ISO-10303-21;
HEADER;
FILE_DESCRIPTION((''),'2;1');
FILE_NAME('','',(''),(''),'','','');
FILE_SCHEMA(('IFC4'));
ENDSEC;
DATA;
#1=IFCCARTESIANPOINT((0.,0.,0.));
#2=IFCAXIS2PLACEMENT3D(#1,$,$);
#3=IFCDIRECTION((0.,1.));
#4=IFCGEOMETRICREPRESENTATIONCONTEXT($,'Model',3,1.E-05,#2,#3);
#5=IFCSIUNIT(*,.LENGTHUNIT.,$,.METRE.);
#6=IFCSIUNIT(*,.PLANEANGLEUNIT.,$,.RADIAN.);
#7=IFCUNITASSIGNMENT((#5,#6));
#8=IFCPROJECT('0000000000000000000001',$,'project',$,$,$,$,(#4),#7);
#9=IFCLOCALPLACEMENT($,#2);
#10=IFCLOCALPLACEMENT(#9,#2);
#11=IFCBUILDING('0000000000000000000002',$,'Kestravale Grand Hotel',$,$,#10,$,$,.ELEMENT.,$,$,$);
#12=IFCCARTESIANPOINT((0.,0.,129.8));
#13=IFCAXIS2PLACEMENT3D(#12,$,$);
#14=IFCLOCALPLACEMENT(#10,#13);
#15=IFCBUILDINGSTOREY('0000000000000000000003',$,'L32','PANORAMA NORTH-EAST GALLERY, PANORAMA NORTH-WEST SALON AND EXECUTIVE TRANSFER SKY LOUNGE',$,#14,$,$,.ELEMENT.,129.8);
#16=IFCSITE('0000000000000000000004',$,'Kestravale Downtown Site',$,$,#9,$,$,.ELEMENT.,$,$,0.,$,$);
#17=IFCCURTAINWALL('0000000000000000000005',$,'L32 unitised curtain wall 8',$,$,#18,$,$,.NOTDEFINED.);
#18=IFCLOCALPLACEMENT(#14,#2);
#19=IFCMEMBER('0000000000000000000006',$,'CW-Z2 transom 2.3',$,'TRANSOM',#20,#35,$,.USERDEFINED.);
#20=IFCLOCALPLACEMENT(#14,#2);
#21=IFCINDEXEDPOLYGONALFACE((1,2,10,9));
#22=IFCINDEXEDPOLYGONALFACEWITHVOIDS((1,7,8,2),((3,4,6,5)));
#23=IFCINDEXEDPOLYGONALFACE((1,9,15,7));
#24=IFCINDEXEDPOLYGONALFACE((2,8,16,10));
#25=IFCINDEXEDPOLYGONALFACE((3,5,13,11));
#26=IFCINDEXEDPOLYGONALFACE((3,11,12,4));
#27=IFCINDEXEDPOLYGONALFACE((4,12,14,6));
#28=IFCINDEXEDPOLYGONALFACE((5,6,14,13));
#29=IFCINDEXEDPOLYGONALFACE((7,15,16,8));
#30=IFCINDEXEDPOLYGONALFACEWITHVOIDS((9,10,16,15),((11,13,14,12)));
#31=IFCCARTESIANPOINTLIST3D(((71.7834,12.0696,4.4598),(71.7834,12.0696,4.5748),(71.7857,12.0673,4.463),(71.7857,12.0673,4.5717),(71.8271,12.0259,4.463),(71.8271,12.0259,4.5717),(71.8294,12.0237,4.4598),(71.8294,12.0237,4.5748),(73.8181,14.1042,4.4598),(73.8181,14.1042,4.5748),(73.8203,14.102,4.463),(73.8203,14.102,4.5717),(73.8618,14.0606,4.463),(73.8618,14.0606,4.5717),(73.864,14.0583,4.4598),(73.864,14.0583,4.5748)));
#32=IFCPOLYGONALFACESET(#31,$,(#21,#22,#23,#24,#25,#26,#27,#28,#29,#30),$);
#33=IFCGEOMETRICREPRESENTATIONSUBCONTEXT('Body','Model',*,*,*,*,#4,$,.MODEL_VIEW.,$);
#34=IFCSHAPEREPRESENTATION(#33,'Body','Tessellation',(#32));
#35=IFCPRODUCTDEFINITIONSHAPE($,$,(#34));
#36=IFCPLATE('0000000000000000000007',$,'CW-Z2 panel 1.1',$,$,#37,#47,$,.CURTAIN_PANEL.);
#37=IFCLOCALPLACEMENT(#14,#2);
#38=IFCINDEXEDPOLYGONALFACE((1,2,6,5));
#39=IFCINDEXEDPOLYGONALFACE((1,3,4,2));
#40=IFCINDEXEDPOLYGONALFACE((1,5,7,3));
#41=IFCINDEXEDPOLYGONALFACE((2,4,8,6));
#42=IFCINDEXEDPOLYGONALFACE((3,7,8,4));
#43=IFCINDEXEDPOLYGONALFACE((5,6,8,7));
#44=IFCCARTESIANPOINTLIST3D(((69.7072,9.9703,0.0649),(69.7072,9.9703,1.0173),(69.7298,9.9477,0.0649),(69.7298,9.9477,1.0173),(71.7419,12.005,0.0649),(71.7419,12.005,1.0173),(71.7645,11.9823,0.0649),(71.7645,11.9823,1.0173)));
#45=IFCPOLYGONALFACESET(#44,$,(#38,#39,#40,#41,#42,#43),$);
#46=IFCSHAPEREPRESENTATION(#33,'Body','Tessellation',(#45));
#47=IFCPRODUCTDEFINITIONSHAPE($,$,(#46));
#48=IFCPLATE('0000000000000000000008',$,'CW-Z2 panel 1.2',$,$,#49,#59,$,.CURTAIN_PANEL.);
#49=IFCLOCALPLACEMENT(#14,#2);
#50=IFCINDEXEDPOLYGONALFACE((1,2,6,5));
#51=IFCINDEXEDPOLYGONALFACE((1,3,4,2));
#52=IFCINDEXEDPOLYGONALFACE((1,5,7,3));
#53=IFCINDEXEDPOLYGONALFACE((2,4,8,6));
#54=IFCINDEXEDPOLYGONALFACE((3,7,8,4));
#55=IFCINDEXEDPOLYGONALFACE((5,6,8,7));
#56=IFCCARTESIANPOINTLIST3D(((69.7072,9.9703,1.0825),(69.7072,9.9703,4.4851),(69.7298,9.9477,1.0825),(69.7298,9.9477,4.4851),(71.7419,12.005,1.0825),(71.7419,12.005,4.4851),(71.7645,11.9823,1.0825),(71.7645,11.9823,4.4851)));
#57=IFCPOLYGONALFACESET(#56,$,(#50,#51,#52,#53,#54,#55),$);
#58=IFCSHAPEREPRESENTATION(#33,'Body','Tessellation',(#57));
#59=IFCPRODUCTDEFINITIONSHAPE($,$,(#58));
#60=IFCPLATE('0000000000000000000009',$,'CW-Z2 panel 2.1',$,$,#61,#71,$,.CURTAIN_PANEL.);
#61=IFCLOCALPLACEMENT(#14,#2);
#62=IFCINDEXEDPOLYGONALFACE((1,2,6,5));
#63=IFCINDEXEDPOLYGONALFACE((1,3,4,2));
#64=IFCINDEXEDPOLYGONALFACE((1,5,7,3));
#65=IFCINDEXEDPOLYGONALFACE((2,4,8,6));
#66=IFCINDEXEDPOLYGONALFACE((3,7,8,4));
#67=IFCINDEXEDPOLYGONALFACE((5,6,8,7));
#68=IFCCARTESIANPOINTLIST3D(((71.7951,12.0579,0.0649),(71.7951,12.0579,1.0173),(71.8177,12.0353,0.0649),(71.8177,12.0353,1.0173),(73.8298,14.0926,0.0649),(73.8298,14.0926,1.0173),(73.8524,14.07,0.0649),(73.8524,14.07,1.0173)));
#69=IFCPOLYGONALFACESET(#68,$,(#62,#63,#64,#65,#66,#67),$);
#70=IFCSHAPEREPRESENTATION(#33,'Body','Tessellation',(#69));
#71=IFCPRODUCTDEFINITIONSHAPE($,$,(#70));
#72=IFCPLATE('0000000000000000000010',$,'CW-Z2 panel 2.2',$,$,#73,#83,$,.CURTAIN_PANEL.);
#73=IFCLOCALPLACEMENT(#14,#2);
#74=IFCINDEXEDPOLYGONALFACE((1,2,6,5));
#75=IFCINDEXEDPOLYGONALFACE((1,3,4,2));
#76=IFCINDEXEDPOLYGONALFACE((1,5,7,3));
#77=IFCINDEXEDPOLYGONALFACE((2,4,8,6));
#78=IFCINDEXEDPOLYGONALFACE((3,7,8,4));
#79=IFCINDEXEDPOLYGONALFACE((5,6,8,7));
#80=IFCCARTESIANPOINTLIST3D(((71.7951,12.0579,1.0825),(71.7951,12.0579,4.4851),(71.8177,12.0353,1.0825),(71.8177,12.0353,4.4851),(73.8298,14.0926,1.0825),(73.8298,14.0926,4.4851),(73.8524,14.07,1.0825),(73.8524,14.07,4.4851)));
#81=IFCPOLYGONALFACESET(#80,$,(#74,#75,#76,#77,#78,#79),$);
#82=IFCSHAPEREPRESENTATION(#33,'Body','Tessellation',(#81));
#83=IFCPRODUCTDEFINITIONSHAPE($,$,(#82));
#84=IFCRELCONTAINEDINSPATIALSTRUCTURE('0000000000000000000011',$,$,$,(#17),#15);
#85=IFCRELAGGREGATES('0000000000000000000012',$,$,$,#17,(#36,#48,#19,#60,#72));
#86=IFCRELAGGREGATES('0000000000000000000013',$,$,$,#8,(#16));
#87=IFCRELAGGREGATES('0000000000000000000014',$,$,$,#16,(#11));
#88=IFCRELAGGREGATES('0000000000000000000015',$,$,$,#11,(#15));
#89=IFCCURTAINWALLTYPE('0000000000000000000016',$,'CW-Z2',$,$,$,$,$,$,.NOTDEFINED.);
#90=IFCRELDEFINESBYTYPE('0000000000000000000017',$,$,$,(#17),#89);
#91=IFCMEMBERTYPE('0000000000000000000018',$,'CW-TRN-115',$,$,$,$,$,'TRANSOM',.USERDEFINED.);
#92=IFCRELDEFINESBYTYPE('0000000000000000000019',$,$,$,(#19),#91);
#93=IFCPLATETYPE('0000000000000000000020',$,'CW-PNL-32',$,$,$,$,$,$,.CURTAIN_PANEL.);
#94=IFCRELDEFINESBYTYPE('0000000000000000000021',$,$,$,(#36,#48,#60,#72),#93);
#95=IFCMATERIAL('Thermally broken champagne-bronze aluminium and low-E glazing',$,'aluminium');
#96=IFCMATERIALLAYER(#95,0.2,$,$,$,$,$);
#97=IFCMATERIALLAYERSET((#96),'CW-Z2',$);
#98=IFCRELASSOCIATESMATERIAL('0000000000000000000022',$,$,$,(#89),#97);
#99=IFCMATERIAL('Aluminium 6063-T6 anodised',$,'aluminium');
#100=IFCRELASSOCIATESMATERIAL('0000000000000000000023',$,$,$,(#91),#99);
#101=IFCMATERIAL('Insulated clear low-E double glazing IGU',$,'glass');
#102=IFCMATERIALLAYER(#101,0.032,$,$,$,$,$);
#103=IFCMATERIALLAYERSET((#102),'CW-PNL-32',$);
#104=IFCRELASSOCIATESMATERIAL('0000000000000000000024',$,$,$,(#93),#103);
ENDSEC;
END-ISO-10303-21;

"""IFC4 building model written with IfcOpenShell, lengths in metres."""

from ifc_helpers import new_model, si_unit, direction, frame, origin, origin_2d, place, context, subcontext, project, spatial, rectangle, hollow_rectangle, extrude, material, layer, layer_set, material_profile, profile_set, type_object, element, aggregate, save


model = new_model("IFC4")

# Units and contexts
model_context = context("Model", 3, precision=1e-05, world=origin(), true_north=direction((0.0, 1.0)))
body_context = subcontext(model_context, "Body", "Model", "MODEL_VIEW")
ifc_project = project(units=[si_unit("LENGTHUNIT", "METRE"), si_unit("PLANEANGLEUNIT", "RADIAN")], contexts=[model_context])

# Site, building, storey
site_placement = place(None, origin())
site = spatial("IfcSite", under=ifc_project, at=site_placement, Name="Kestravale Downtown Site", CompositionType="ELEMENT", RefElevation=0.0)
building_placement = place(site_placement, origin())
building = spatial("IfcBuilding", under=site, at=building_placement, Name="Kestravale Grand Hotel", CompositionType="ELEMENT")
storey_placement = place(building_placement, frame((0.0, 0.0, 129.8)))
storey = spatial("IfcBuildingStorey", under=building, at=storey_placement, Name="L32", Description="PANORAMA NORTH-EAST GALLERY, PANORAMA NORTH-WEST SALON AND EXECUTIVE TRANSFER SKY LOUNGE", CompositionType="ELEMENT", Elevation=129.8)

# Curtain wall, member, plates
ifc_material_1 = material(Name="Thermally broken champagne-bronze aluminium and low-E glazing", Category="aluminium")
ifc_layer_1 = layer(ifc_material_1, 0.2)
ifc_layer_set_1 = layer_set([ifc_layer_1], Name="CW-Z2")
curtain_wall_type = type_object("IfcCurtainWallType", Name="CW-Z2", PredefinedType="NOTDEFINED", material=ifc_layer_set_1)
curtain_wall_placement = place(storey_placement, origin())
curtain_wall = element("IfcCurtainWall", 1, at=curtain_wall_placement, inside=storey, type_object=curtain_wall_type, Name="L32 unitised curtain wall 8", PredefinedType="NOTDEFINED")
ifc_material_2 = material(Name="Aluminium 6063-T6 anodised", Category="aluminium")
ifc_material_profile_1 = material_profile(ifc_material_2, hollow_rectangle(XDim=0.0649, YDim=0.115, WallThickness=0.0032, at=origin_2d()))
ifc_profile_set_1 = profile_set([ifc_material_profile_1], Name="Aluminium 6063-T6 anodised")
member_type_1 = type_object("IfcMemberType", Name="CW-TRN-115", ElementType="TRANSOM", PredefinedType="USERDEFINED", material=ifc_profile_set_1)
member_1_placement = place(storey_placement, frame((71.8064, 12.0466, 4.5173), z_axis=(0.707107, 0.707107, 0.0), x_axis=(-0.707107, 0.707107, 0.0)))
member_1 = element("IfcMember", 2, at=member_1_placement, type_object=member_type_1, Name="CW-Z2 transom 2.3", ObjectType="TRANSOM", PredefinedType="USERDEFINED", context=body_context, shape_type="SweptSolid", body=[
    extrude(hollow_rectangle(XDim=0.0649, YDim=0.115, WallThickness=0.0032, at=origin_2d()), origin(), (0.0, 0.0, 1.0), 2.8774),
])
ifc_material_3 = material(Name="Insulated clear low-E double glazing IGU", Category="glass")
ifc_layer_2 = layer(ifc_material_3, 0.032)
ifc_layer_set_2 = layer_set([ifc_layer_2], Name="CW-PNL-32")
plate_type = type_object("IfcPlateType", Name="CW-PNL-32", PredefinedType="CURTAIN_PANEL", material=ifc_layer_set_2)
plate_1_placement = place(storey_placement, frame((70.7358, 10.9763, 0.0649), z_axis=(0.0, 0.0, 1.0), x_axis=(0.707107, 0.707107, 0.0)))
plate_1 = element("IfcPlate", 3, at=plate_1_placement, type_object=plate_type, Name="CW-Z2 panel 1.1", PredefinedType="CURTAIN_PANEL", context=body_context, shape_type="SweptSolid", body=[
    extrude(rectangle(XDim=2.8774, YDim=0.032, at=origin_2d()), origin(), (0.0, 0.0, 1.0), 0.9524),
])
plate_2_placement = place(storey_placement, frame((70.7358, 10.9763, 1.0825), z_axis=(0.0, 0.0, 1.0), x_axis=(0.707107, 0.707107, 0.0)))
plate_2 = element("IfcPlate", 4, at=plate_2_placement, type_object=plate_type, Name="CW-Z2 panel 1.2", PredefinedType="CURTAIN_PANEL", context=body_context, shape_type="SweptSolid", body=[
    extrude(rectangle(XDim=2.8774, YDim=0.032, at=origin_2d()), origin(), (0.0, 0.0, 1.0), 3.4026),
])
plate_3_placement = place(storey_placement, frame((72.8237, 13.064, 0.0649), z_axis=(0.0, 0.0, 1.0), x_axis=(0.707107, 0.707107, 0.0)))
plate_3 = element("IfcPlate", 5, at=plate_3_placement, type_object=plate_type, Name="CW-Z2 panel 2.1", PredefinedType="CURTAIN_PANEL", context=body_context, shape_type="SweptSolid", body=[
    extrude(rectangle(XDim=2.8774, YDim=0.032, at=origin_2d()), origin(), (0.0, 0.0, 1.0), 0.9524),
])
plate_4_placement = place(storey_placement, frame((72.8237, 13.064, 1.0825), z_axis=(0.0, 0.0, 1.0), x_axis=(0.707107, 0.707107, 0.0)))
plate_4 = element("IfcPlate", 6, at=plate_4_placement, type_object=plate_type, Name="CW-Z2 panel 2.2", PredefinedType="CURTAIN_PANEL", context=body_context, shape_type="SweptSolid", body=[
    extrude(rectangle(XDim=2.8774, YDim=0.032, at=origin_2d()), origin(), (0.0, 0.0, 1.0), 3.4026),
])
aggregate(curtain_wall, [plate_1, plate_2, member_1, plate_3, plate_4])

save(model, "model.ifc")
